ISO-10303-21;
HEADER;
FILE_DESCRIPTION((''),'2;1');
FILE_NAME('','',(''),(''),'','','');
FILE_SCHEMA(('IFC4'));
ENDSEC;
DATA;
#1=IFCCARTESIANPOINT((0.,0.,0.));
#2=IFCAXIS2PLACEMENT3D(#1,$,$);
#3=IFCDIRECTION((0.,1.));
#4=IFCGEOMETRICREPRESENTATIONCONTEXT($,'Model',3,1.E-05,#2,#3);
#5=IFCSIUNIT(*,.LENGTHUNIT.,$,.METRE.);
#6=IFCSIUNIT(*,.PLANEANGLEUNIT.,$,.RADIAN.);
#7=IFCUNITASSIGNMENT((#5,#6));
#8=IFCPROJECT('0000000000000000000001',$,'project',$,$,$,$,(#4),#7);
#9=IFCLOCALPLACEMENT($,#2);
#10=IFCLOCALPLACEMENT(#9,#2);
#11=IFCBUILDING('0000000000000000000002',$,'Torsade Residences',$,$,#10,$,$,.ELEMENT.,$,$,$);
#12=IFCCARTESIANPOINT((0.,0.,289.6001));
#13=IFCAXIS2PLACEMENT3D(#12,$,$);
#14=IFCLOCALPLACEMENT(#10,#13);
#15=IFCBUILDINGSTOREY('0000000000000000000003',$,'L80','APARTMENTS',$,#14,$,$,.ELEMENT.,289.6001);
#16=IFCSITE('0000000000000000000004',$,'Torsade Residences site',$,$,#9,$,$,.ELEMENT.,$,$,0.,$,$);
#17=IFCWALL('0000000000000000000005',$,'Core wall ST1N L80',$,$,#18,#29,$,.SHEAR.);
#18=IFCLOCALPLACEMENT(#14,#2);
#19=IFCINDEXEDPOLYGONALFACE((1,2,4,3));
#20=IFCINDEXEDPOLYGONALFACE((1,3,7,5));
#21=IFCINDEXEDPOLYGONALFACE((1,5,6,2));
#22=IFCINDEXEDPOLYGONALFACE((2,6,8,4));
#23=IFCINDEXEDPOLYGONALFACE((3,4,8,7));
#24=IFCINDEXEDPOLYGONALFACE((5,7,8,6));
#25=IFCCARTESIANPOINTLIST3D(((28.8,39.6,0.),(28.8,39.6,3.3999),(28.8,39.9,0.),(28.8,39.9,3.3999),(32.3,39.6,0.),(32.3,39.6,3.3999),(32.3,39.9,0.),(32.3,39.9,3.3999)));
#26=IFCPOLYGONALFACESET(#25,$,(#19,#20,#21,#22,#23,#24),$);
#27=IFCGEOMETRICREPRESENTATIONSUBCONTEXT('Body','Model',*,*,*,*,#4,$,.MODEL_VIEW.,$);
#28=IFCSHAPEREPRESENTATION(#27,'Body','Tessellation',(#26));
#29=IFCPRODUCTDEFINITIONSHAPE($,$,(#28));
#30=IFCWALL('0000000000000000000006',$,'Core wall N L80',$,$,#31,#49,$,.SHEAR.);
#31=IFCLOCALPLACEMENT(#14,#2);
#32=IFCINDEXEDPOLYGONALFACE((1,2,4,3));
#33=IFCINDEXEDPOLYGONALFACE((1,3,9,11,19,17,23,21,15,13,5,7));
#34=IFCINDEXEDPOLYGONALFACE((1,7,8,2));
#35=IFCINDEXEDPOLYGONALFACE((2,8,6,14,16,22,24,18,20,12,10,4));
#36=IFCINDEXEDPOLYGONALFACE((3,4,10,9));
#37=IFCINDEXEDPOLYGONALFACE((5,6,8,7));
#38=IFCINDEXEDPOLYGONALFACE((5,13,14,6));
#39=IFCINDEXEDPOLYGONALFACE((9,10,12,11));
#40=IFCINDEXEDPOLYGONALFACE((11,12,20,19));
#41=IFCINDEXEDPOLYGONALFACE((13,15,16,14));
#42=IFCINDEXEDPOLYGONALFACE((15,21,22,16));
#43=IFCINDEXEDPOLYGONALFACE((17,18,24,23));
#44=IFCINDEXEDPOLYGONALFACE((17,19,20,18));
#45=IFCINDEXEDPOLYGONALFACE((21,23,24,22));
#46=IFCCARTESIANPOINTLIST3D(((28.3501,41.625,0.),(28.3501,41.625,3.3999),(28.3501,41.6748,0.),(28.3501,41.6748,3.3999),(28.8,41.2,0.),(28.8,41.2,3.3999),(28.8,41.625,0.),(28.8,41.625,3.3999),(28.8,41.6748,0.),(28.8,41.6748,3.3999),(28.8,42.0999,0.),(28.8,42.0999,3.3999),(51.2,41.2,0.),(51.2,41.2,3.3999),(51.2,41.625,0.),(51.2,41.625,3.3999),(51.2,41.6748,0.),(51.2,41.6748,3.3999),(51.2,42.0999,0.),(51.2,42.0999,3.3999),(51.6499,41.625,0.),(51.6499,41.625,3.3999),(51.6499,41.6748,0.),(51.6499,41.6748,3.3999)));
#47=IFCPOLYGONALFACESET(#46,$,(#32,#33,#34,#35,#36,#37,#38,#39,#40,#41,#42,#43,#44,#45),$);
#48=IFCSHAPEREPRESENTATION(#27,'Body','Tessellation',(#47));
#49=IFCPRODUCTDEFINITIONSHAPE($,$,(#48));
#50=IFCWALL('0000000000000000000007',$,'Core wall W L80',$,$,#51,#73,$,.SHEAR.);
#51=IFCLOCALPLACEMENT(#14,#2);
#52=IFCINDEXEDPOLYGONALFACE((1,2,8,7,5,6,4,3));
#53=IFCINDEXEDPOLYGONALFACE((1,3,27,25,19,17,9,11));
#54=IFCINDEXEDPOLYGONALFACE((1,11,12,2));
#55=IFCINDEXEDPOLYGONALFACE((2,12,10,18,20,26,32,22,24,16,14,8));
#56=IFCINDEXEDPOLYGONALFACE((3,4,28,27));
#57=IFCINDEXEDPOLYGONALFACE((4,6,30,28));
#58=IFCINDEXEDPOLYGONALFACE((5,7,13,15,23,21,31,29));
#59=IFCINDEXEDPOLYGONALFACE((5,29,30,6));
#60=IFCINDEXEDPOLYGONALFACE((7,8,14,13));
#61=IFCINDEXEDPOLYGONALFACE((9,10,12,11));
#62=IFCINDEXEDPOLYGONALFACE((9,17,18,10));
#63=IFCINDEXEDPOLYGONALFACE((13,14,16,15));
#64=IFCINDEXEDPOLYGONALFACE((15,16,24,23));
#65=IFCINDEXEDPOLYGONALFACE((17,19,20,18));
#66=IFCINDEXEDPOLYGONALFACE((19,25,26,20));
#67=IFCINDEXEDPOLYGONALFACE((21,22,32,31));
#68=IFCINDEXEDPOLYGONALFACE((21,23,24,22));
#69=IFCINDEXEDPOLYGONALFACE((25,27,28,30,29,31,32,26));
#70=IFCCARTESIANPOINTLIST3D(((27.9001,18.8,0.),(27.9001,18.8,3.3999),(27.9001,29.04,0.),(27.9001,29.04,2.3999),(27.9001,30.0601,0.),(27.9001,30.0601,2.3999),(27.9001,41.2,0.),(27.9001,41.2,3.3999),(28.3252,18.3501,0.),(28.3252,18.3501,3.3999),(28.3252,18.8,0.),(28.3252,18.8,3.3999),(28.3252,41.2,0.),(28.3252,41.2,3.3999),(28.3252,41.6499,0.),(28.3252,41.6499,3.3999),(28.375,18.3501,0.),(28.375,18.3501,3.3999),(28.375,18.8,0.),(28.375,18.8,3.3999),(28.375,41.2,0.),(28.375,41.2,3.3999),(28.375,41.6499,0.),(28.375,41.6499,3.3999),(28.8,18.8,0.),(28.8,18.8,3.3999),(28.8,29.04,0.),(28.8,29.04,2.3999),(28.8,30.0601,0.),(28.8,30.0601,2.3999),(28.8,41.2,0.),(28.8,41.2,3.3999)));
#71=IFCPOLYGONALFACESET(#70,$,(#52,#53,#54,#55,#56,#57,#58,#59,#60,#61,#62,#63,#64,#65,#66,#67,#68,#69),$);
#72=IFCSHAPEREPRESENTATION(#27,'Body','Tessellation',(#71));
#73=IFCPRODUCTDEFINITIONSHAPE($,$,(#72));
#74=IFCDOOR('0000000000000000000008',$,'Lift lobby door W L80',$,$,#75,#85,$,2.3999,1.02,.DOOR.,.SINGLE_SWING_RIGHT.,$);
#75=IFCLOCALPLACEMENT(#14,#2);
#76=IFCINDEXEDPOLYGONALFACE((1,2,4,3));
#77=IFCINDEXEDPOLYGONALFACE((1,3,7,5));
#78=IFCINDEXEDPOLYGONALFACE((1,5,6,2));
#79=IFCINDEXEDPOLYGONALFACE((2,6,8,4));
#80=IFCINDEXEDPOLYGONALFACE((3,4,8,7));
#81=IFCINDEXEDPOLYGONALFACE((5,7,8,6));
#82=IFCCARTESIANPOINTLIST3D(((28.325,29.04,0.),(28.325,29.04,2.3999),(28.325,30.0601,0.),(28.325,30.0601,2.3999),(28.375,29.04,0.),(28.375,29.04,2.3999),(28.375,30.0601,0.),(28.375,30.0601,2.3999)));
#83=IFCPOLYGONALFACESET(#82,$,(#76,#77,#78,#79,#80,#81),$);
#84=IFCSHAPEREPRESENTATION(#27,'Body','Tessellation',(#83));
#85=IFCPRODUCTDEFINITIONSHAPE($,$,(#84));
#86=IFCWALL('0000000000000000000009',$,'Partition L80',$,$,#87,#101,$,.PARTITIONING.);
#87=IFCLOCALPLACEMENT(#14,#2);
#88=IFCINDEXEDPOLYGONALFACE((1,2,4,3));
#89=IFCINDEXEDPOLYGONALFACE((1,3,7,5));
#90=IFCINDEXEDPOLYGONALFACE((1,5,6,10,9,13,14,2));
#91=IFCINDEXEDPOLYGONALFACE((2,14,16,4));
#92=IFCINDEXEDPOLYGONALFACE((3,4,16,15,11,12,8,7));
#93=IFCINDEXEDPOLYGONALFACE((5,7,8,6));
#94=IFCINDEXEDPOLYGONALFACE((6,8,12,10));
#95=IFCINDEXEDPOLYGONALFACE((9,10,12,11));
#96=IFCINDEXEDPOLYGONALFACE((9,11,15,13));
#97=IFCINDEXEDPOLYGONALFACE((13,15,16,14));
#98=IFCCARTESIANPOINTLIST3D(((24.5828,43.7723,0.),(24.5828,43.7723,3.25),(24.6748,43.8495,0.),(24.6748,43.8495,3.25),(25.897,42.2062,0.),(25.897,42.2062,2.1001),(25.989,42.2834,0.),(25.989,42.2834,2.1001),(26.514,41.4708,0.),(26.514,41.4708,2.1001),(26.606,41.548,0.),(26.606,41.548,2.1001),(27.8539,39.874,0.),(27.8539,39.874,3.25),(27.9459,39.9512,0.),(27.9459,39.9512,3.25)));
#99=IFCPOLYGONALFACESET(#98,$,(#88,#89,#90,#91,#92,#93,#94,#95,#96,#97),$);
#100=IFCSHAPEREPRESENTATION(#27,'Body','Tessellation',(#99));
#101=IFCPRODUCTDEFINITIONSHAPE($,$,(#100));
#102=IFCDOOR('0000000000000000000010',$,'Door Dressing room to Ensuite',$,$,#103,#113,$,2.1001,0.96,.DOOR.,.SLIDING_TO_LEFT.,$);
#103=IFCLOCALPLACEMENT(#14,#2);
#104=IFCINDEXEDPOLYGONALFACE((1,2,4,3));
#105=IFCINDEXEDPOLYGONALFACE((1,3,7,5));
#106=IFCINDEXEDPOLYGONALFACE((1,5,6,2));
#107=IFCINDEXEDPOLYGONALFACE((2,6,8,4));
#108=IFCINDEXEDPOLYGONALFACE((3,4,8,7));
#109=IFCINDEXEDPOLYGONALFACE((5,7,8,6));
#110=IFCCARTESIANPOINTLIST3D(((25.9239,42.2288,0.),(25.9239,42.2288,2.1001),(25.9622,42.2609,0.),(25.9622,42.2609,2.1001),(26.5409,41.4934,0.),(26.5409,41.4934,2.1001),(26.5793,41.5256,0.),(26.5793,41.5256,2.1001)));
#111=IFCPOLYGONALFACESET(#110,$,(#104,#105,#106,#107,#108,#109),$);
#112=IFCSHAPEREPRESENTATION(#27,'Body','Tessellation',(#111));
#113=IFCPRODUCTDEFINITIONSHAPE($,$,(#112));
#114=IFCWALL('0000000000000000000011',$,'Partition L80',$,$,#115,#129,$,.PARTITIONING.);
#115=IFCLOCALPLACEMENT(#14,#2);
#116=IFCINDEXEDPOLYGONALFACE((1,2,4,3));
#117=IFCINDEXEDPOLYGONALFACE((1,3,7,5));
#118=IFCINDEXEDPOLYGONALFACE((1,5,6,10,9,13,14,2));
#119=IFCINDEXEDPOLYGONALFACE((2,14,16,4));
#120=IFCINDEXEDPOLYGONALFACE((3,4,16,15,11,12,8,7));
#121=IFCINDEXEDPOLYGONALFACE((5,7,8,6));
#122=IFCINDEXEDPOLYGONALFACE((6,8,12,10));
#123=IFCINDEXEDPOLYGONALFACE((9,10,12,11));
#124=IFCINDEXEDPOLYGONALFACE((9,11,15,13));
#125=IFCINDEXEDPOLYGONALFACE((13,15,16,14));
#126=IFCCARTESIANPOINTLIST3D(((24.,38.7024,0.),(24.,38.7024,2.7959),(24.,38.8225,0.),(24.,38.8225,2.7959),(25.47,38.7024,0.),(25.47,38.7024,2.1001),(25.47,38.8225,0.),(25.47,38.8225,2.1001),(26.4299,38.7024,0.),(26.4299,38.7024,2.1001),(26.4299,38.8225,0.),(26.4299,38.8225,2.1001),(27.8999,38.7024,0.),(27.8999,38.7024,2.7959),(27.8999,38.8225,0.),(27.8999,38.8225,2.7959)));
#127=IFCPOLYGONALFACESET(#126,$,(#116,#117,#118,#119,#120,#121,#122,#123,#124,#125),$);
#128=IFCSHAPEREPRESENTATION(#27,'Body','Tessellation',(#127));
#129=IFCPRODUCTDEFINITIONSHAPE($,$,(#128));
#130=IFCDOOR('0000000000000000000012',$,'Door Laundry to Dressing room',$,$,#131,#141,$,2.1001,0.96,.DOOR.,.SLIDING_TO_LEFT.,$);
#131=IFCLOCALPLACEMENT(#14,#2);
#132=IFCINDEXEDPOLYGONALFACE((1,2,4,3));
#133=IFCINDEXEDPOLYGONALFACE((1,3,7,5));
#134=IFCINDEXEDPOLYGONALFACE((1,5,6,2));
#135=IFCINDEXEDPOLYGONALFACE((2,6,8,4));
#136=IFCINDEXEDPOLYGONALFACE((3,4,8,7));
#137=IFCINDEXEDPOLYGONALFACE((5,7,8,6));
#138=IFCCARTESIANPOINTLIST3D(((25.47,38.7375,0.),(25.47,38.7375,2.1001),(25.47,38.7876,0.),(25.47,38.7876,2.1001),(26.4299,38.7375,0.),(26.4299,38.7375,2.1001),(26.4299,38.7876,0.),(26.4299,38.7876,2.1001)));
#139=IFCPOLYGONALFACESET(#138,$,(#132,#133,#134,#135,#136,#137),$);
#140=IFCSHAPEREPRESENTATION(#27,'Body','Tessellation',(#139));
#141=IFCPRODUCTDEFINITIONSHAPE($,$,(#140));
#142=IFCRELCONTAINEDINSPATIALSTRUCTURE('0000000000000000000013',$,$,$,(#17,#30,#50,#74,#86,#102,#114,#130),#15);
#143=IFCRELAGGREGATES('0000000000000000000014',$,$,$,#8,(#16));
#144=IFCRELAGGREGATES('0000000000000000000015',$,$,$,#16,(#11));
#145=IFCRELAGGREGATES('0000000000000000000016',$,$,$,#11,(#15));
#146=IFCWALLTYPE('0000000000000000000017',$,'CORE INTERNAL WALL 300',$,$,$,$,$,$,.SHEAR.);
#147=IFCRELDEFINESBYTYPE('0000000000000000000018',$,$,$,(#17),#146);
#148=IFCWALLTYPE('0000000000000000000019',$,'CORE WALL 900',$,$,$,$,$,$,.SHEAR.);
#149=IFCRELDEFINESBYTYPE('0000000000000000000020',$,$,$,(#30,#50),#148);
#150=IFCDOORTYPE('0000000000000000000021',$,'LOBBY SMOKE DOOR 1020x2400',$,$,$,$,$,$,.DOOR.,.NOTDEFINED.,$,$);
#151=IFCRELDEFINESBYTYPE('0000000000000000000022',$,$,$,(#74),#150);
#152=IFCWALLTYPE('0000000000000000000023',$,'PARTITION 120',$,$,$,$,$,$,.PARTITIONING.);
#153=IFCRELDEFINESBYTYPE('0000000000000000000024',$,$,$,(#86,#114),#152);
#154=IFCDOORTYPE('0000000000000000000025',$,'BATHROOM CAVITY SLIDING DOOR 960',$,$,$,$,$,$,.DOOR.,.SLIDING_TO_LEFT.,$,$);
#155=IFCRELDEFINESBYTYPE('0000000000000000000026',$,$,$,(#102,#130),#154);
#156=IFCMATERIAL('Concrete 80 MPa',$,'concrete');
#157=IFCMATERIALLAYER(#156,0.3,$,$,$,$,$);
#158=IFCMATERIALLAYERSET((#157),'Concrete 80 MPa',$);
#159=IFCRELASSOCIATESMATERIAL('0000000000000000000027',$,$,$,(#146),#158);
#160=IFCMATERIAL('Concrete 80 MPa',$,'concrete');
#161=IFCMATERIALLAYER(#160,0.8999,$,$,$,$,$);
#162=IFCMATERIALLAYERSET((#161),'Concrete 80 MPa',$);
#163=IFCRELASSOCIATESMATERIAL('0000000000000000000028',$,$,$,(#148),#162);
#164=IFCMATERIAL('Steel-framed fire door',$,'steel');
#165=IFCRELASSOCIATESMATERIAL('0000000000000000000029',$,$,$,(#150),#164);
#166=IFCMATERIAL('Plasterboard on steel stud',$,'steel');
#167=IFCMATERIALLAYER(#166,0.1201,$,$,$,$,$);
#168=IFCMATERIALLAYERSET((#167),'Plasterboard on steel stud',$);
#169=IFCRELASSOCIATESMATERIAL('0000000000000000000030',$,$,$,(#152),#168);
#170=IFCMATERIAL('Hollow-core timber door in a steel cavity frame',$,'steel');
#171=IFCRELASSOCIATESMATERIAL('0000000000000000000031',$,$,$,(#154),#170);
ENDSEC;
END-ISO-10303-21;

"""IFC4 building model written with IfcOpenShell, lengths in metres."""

from ifc_helpers import new_model, si_unit, direction, frame, frame_2d, origin, place, context, subcontext, project, spatial, polyline, rectangle, outline, extrude, material, layer, layer_set, type_object, element, fill, save


model = new_model("IFC4")

# Units and contexts
model_context = context("Model", 3, precision=1e-05, world=origin(), true_north=direction((0.0, 1.0)))
body_context = subcontext(model_context, "Body", "Model", "MODEL_VIEW")
ifc_project = project(units=[si_unit("LENGTHUNIT", "METRE"), si_unit("PLANEANGLEUNIT", "RADIAN")], contexts=[model_context])

# Site, building, storey
site_placement = place(None, origin())
site = spatial("IfcSite", under=ifc_project, at=site_placement, Name="Torsade Residences site", CompositionType="ELEMENT", RefElevation=0.0)
building_placement = place(site_placement, origin())
building = spatial("IfcBuilding", under=site, at=building_placement, Name="Torsade Residences", CompositionType="ELEMENT")
storey_placement = place(building_placement, frame((0.0, 0.0, 289.6001)))
storey = spatial("IfcBuildingStorey", under=building, at=storey_placement, Name="L80", Description="APARTMENTS", CompositionType="ELEMENT", Elevation=289.6001)

# Shared definitions
ifc_material_1 = material(Name="Concrete 80 MPa", Category="concrete")
ifc_layer_1 = layer(ifc_material_1, 0.3)
ifc_layer_set_1 = layer_set([ifc_layer_1], Name="Concrete 80 MPa")
wall_type_1 = type_object("IfcWallType", Name="CORE INTERNAL WALL 300", PredefinedType="SHEAR", material=ifc_layer_set_1)

# Walls
wall_1_placement = place(storey_placement, frame((28.8, 39.75, 0.0), z_axis=(0.0, 0.0, 1.0), x_axis=(1.0, 0.0, 0.0)))
element("IfcWall", 1, at=wall_1_placement, inside=storey, type_object=wall_type_1, Name="Core wall ST1N L80", PredefinedType="SHEAR", context=body_context, shape_type="SweptSolid", body=[
    extrude(rectangle(XDim=3.5, YDim=0.3, at=frame_2d((1.75, 0.0))), origin(), (0.0, 0.0, 1.0), 3.3999),
])
ifc_material_2 = material(Name="Concrete 80 MPa", Category="concrete")
ifc_layer_2 = layer(ifc_material_2, 0.8999)
ifc_layer_set_2 = layer_set([ifc_layer_2], Name="Concrete 80 MPa")
wall_type_2 = type_object("IfcWallType", Name="CORE WALL 900", PredefinedType="SHEAR", material=ifc_layer_set_2)
wall_2_placement = place(storey_placement, frame((28.8, 41.6499, 0.0), z_axis=(0.0, 0.0, 1.0), x_axis=(1.0, 0.0, 0.0)))
element("IfcWall", 2, at=wall_2_placement, inside=storey, type_object=wall_type_2, Name="Core wall N L80", PredefinedType="SHEAR", context=body_context, shape_type="SweptSolid", body=[
    extrude(outline(polyline([(0.0, -0.45), (22.3999, -0.45), (22.3999, -0.0249), (22.8499, -0.0249), (22.8499, 0.0249), (22.3999, 0.0249), (22.3999, 0.45), (0.0, 0.45), (0.0, 0.0249), (-0.45, 0.0249), (-0.45, -0.0249), (0.0, -0.0249), (0.0, -0.45)])), origin(), (0.0, 0.0, 1.0), 3.3999),
])

# Walls, openings, doors
wall_3_placement = place(storey_placement, frame((28.3501, 41.2, 0.0), z_axis=(0.0, 0.0, 1.0), x_axis=(0.0, -1.0, 0.0)))
wall_3 = element("IfcWall", 3, at=wall_3_placement, inside=storey, type_object=wall_type_2, Name="Core wall W L80", PredefinedType="SHEAR", context=body_context, shape_type="SweptSolid", body=[
    extrude(outline(polyline([(0.0, -0.45), (22.3999, -0.45), (22.3999, -0.0249), (22.8499, -0.0249), (22.8499, 0.0249), (22.3999, 0.0249), (22.3999, 0.45), (0.0, 0.45), (0.0, 0.0249), (-0.45, 0.0249), (-0.45, -0.0249), (0.0, -0.0249), (0.0, -0.45)])), origin(), (0.0, 0.0, 1.0), 3.3999),
])
opening_1_placement = place(wall_3_placement, frame((11.1399, 0.0, 0.0)))
opening_1 = element("IfcOpeningElement", 4, at=opening_1_placement, cuts=wall_3, PredefinedType="OPENING", context=body_context, shape_type="SweptSolid", body=[
    extrude(rectangle(XDim=1.02, YDim=2.3999, at=frame_2d((0.51, 1.2))), frame((0.0, 0.46, 0.0), z_axis=(0.0, -1.0, 0.0), x_axis=(1.0, 0.0, 0.0)), (0.0, 0.0, 1.0), 0.9199),
])
ifc_material_3 = material(Name="Steel-framed fire door", Category="steel")
door_type_1 = type_object("IfcDoorType", Name="LOBBY SMOKE DOOR 1020x2400", OperationType="NOTDEFINED", PredefinedType="DOOR", material=ifc_material_3)
door_1_placement = place(opening_1_placement, origin())
door_1 = element("IfcDoor", 5, at=door_1_placement, inside=storey, type_object=door_type_1, Name="Lift lobby door W L80", OperationType="SINGLE_SWING_RIGHT", OverallHeight=2.3999, OverallWidth=1.02, PredefinedType="DOOR", context=body_context, shape_type="SweptSolid", body=[
    extrude(rectangle(XDim=1.02, YDim=2.3999, at=frame_2d((0.51, 1.2))), frame((0.0, 0.0249, 0.0), z_axis=(0.0, -1.0, 0.0), x_axis=(1.0, 0.0, 0.0)), (0.0, 0.0, 1.0), 0.05),
])
fill(opening_1, door_1)
ifc_material_4 = material(Name="Plasterboard on steel stud", Category="steel")
ifc_layer_3 = layer(ifc_material_4, 0.1201)
ifc_layer_set_3 = layer_set([ifc_layer_3], Name="Plasterboard on steel stud")
wall_type_3 = type_object("IfcWallType", Name="PARTITION 120", PredefinedType="PARTITIONING", material=ifc_layer_set_3)
wall_4_placement = place(storey_placement, frame((27.8999, 39.9126, 0.0), z_axis=(0.0, 0.0, 1.0), x_axis=(-0.64279, 0.766042, 0.0)))
wall_4 = element("IfcWall", 6, at=wall_4_placement, inside=storey, type_object=wall_type_3, Name="Partition L80", PredefinedType="PARTITIONING", context=body_context, shape_type="SweptSolid", body=[
    extrude(rectangle(XDim=5.0889, YDim=0.1201, at=frame_2d((2.5444, 0.0))), origin(), (0.0, 0.0, 1.0), 3.25),
])
opening_2_placement = place(wall_4_placement, frame((2.0845, 0.0, 0.0)))
opening_2 = element("IfcOpeningElement", 7, at=opening_2_placement, cuts=wall_4, PredefinedType="OPENING", context=body_context, shape_type="SweptSolid", body=[
    extrude(rectangle(XDim=0.96, YDim=2.1001, at=frame_2d((0.48, 1.05))), frame((0.0, 0.0701, 0.0), z_axis=(0.0, -1.0, 0.0), x_axis=(1.0, 0.0, 0.0)), (0.0, 0.0, 1.0), 0.1401),
])
ifc_material_5 = material(Name="Hollow-core timber door in a steel cavity frame", Category="steel")
door_type_2 = type_object("IfcDoorType", Name="BATHROOM CAVITY SLIDING DOOR 960", OperationType="SLIDING_TO_LEFT", PredefinedType="DOOR", material=ifc_material_5)
door_2_placement = place(opening_2_placement, origin())
door_2 = element("IfcDoor", 8, at=door_2_placement, inside=storey, type_object=door_type_2, Name="Door Dressing room to Ensuite", OperationType="SLIDING_TO_LEFT", OverallHeight=2.1001, OverallWidth=0.96, PredefinedType="DOOR", context=body_context, shape_type="SweptSolid", body=[
    extrude(rectangle(XDim=0.96, YDim=2.1001, at=frame_2d((0.48, 1.05))), frame((0.0, 0.0249, 0.0), z_axis=(0.0, -1.0, 0.0), x_axis=(1.0, 0.0, 0.0)), (0.0, 0.0, 1.0), 0.05),
])
fill(opening_2, door_2)
wall_5_placement = place(storey_placement, frame((27.8999, 38.7625, 0.0), z_axis=(0.0, 0.0, 1.0), x_axis=(-1.0, 0.0, 0.0)))
wall_5 = element("IfcWall", 9, at=wall_5_placement, inside=storey, type_object=wall_type_3, Name="Partition L80", PredefinedType="PARTITIONING", context=body_context, shape_type="SweptSolid", body=[
    extrude(rectangle(XDim=3.8999, YDim=0.1201, at=frame_2d((1.95, 0.0))), origin(), (0.0, 0.0, 1.0), 2.7959),
])
opening_3_placement = place(wall_5_placement, frame((1.47, 0.0, 0.0)))
opening_3 = element("IfcOpeningElement", 10, at=opening_3_placement, cuts=wall_5, PredefinedType="OPENING", context=body_context, shape_type="SweptSolid", body=[
    extrude(rectangle(XDim=0.96, YDim=2.1001, at=frame_2d((0.48, 1.05))), frame((0.0, 0.0701, 0.0), z_axis=(0.0, -1.0, 0.0), x_axis=(1.0, 0.0, 0.0)), (0.0, 0.0, 1.0), 0.1401),
])
door_3_placement = place(opening_3_placement, origin())
door_3 = element("IfcDoor", 11, at=door_3_placement, inside=storey, type_object=door_type_2, Name="Door Laundry to Dressing room", OperationType="SLIDING_TO_LEFT", OverallHeight=2.1001, OverallWidth=0.96, PredefinedType="DOOR", context=body_context, shape_type="SweptSolid", body=[
    extrude(rectangle(XDim=0.96, YDim=2.1001, at=frame_2d((0.48, 1.05))), frame((0.0, 0.0249, 0.0), z_axis=(0.0, -1.0, 0.0), x_axis=(1.0, 0.0, 0.0)), (0.0, 0.0, 1.0), 0.05),
])
fill(opening_3, door_3)

save(model, "model.ifc")
